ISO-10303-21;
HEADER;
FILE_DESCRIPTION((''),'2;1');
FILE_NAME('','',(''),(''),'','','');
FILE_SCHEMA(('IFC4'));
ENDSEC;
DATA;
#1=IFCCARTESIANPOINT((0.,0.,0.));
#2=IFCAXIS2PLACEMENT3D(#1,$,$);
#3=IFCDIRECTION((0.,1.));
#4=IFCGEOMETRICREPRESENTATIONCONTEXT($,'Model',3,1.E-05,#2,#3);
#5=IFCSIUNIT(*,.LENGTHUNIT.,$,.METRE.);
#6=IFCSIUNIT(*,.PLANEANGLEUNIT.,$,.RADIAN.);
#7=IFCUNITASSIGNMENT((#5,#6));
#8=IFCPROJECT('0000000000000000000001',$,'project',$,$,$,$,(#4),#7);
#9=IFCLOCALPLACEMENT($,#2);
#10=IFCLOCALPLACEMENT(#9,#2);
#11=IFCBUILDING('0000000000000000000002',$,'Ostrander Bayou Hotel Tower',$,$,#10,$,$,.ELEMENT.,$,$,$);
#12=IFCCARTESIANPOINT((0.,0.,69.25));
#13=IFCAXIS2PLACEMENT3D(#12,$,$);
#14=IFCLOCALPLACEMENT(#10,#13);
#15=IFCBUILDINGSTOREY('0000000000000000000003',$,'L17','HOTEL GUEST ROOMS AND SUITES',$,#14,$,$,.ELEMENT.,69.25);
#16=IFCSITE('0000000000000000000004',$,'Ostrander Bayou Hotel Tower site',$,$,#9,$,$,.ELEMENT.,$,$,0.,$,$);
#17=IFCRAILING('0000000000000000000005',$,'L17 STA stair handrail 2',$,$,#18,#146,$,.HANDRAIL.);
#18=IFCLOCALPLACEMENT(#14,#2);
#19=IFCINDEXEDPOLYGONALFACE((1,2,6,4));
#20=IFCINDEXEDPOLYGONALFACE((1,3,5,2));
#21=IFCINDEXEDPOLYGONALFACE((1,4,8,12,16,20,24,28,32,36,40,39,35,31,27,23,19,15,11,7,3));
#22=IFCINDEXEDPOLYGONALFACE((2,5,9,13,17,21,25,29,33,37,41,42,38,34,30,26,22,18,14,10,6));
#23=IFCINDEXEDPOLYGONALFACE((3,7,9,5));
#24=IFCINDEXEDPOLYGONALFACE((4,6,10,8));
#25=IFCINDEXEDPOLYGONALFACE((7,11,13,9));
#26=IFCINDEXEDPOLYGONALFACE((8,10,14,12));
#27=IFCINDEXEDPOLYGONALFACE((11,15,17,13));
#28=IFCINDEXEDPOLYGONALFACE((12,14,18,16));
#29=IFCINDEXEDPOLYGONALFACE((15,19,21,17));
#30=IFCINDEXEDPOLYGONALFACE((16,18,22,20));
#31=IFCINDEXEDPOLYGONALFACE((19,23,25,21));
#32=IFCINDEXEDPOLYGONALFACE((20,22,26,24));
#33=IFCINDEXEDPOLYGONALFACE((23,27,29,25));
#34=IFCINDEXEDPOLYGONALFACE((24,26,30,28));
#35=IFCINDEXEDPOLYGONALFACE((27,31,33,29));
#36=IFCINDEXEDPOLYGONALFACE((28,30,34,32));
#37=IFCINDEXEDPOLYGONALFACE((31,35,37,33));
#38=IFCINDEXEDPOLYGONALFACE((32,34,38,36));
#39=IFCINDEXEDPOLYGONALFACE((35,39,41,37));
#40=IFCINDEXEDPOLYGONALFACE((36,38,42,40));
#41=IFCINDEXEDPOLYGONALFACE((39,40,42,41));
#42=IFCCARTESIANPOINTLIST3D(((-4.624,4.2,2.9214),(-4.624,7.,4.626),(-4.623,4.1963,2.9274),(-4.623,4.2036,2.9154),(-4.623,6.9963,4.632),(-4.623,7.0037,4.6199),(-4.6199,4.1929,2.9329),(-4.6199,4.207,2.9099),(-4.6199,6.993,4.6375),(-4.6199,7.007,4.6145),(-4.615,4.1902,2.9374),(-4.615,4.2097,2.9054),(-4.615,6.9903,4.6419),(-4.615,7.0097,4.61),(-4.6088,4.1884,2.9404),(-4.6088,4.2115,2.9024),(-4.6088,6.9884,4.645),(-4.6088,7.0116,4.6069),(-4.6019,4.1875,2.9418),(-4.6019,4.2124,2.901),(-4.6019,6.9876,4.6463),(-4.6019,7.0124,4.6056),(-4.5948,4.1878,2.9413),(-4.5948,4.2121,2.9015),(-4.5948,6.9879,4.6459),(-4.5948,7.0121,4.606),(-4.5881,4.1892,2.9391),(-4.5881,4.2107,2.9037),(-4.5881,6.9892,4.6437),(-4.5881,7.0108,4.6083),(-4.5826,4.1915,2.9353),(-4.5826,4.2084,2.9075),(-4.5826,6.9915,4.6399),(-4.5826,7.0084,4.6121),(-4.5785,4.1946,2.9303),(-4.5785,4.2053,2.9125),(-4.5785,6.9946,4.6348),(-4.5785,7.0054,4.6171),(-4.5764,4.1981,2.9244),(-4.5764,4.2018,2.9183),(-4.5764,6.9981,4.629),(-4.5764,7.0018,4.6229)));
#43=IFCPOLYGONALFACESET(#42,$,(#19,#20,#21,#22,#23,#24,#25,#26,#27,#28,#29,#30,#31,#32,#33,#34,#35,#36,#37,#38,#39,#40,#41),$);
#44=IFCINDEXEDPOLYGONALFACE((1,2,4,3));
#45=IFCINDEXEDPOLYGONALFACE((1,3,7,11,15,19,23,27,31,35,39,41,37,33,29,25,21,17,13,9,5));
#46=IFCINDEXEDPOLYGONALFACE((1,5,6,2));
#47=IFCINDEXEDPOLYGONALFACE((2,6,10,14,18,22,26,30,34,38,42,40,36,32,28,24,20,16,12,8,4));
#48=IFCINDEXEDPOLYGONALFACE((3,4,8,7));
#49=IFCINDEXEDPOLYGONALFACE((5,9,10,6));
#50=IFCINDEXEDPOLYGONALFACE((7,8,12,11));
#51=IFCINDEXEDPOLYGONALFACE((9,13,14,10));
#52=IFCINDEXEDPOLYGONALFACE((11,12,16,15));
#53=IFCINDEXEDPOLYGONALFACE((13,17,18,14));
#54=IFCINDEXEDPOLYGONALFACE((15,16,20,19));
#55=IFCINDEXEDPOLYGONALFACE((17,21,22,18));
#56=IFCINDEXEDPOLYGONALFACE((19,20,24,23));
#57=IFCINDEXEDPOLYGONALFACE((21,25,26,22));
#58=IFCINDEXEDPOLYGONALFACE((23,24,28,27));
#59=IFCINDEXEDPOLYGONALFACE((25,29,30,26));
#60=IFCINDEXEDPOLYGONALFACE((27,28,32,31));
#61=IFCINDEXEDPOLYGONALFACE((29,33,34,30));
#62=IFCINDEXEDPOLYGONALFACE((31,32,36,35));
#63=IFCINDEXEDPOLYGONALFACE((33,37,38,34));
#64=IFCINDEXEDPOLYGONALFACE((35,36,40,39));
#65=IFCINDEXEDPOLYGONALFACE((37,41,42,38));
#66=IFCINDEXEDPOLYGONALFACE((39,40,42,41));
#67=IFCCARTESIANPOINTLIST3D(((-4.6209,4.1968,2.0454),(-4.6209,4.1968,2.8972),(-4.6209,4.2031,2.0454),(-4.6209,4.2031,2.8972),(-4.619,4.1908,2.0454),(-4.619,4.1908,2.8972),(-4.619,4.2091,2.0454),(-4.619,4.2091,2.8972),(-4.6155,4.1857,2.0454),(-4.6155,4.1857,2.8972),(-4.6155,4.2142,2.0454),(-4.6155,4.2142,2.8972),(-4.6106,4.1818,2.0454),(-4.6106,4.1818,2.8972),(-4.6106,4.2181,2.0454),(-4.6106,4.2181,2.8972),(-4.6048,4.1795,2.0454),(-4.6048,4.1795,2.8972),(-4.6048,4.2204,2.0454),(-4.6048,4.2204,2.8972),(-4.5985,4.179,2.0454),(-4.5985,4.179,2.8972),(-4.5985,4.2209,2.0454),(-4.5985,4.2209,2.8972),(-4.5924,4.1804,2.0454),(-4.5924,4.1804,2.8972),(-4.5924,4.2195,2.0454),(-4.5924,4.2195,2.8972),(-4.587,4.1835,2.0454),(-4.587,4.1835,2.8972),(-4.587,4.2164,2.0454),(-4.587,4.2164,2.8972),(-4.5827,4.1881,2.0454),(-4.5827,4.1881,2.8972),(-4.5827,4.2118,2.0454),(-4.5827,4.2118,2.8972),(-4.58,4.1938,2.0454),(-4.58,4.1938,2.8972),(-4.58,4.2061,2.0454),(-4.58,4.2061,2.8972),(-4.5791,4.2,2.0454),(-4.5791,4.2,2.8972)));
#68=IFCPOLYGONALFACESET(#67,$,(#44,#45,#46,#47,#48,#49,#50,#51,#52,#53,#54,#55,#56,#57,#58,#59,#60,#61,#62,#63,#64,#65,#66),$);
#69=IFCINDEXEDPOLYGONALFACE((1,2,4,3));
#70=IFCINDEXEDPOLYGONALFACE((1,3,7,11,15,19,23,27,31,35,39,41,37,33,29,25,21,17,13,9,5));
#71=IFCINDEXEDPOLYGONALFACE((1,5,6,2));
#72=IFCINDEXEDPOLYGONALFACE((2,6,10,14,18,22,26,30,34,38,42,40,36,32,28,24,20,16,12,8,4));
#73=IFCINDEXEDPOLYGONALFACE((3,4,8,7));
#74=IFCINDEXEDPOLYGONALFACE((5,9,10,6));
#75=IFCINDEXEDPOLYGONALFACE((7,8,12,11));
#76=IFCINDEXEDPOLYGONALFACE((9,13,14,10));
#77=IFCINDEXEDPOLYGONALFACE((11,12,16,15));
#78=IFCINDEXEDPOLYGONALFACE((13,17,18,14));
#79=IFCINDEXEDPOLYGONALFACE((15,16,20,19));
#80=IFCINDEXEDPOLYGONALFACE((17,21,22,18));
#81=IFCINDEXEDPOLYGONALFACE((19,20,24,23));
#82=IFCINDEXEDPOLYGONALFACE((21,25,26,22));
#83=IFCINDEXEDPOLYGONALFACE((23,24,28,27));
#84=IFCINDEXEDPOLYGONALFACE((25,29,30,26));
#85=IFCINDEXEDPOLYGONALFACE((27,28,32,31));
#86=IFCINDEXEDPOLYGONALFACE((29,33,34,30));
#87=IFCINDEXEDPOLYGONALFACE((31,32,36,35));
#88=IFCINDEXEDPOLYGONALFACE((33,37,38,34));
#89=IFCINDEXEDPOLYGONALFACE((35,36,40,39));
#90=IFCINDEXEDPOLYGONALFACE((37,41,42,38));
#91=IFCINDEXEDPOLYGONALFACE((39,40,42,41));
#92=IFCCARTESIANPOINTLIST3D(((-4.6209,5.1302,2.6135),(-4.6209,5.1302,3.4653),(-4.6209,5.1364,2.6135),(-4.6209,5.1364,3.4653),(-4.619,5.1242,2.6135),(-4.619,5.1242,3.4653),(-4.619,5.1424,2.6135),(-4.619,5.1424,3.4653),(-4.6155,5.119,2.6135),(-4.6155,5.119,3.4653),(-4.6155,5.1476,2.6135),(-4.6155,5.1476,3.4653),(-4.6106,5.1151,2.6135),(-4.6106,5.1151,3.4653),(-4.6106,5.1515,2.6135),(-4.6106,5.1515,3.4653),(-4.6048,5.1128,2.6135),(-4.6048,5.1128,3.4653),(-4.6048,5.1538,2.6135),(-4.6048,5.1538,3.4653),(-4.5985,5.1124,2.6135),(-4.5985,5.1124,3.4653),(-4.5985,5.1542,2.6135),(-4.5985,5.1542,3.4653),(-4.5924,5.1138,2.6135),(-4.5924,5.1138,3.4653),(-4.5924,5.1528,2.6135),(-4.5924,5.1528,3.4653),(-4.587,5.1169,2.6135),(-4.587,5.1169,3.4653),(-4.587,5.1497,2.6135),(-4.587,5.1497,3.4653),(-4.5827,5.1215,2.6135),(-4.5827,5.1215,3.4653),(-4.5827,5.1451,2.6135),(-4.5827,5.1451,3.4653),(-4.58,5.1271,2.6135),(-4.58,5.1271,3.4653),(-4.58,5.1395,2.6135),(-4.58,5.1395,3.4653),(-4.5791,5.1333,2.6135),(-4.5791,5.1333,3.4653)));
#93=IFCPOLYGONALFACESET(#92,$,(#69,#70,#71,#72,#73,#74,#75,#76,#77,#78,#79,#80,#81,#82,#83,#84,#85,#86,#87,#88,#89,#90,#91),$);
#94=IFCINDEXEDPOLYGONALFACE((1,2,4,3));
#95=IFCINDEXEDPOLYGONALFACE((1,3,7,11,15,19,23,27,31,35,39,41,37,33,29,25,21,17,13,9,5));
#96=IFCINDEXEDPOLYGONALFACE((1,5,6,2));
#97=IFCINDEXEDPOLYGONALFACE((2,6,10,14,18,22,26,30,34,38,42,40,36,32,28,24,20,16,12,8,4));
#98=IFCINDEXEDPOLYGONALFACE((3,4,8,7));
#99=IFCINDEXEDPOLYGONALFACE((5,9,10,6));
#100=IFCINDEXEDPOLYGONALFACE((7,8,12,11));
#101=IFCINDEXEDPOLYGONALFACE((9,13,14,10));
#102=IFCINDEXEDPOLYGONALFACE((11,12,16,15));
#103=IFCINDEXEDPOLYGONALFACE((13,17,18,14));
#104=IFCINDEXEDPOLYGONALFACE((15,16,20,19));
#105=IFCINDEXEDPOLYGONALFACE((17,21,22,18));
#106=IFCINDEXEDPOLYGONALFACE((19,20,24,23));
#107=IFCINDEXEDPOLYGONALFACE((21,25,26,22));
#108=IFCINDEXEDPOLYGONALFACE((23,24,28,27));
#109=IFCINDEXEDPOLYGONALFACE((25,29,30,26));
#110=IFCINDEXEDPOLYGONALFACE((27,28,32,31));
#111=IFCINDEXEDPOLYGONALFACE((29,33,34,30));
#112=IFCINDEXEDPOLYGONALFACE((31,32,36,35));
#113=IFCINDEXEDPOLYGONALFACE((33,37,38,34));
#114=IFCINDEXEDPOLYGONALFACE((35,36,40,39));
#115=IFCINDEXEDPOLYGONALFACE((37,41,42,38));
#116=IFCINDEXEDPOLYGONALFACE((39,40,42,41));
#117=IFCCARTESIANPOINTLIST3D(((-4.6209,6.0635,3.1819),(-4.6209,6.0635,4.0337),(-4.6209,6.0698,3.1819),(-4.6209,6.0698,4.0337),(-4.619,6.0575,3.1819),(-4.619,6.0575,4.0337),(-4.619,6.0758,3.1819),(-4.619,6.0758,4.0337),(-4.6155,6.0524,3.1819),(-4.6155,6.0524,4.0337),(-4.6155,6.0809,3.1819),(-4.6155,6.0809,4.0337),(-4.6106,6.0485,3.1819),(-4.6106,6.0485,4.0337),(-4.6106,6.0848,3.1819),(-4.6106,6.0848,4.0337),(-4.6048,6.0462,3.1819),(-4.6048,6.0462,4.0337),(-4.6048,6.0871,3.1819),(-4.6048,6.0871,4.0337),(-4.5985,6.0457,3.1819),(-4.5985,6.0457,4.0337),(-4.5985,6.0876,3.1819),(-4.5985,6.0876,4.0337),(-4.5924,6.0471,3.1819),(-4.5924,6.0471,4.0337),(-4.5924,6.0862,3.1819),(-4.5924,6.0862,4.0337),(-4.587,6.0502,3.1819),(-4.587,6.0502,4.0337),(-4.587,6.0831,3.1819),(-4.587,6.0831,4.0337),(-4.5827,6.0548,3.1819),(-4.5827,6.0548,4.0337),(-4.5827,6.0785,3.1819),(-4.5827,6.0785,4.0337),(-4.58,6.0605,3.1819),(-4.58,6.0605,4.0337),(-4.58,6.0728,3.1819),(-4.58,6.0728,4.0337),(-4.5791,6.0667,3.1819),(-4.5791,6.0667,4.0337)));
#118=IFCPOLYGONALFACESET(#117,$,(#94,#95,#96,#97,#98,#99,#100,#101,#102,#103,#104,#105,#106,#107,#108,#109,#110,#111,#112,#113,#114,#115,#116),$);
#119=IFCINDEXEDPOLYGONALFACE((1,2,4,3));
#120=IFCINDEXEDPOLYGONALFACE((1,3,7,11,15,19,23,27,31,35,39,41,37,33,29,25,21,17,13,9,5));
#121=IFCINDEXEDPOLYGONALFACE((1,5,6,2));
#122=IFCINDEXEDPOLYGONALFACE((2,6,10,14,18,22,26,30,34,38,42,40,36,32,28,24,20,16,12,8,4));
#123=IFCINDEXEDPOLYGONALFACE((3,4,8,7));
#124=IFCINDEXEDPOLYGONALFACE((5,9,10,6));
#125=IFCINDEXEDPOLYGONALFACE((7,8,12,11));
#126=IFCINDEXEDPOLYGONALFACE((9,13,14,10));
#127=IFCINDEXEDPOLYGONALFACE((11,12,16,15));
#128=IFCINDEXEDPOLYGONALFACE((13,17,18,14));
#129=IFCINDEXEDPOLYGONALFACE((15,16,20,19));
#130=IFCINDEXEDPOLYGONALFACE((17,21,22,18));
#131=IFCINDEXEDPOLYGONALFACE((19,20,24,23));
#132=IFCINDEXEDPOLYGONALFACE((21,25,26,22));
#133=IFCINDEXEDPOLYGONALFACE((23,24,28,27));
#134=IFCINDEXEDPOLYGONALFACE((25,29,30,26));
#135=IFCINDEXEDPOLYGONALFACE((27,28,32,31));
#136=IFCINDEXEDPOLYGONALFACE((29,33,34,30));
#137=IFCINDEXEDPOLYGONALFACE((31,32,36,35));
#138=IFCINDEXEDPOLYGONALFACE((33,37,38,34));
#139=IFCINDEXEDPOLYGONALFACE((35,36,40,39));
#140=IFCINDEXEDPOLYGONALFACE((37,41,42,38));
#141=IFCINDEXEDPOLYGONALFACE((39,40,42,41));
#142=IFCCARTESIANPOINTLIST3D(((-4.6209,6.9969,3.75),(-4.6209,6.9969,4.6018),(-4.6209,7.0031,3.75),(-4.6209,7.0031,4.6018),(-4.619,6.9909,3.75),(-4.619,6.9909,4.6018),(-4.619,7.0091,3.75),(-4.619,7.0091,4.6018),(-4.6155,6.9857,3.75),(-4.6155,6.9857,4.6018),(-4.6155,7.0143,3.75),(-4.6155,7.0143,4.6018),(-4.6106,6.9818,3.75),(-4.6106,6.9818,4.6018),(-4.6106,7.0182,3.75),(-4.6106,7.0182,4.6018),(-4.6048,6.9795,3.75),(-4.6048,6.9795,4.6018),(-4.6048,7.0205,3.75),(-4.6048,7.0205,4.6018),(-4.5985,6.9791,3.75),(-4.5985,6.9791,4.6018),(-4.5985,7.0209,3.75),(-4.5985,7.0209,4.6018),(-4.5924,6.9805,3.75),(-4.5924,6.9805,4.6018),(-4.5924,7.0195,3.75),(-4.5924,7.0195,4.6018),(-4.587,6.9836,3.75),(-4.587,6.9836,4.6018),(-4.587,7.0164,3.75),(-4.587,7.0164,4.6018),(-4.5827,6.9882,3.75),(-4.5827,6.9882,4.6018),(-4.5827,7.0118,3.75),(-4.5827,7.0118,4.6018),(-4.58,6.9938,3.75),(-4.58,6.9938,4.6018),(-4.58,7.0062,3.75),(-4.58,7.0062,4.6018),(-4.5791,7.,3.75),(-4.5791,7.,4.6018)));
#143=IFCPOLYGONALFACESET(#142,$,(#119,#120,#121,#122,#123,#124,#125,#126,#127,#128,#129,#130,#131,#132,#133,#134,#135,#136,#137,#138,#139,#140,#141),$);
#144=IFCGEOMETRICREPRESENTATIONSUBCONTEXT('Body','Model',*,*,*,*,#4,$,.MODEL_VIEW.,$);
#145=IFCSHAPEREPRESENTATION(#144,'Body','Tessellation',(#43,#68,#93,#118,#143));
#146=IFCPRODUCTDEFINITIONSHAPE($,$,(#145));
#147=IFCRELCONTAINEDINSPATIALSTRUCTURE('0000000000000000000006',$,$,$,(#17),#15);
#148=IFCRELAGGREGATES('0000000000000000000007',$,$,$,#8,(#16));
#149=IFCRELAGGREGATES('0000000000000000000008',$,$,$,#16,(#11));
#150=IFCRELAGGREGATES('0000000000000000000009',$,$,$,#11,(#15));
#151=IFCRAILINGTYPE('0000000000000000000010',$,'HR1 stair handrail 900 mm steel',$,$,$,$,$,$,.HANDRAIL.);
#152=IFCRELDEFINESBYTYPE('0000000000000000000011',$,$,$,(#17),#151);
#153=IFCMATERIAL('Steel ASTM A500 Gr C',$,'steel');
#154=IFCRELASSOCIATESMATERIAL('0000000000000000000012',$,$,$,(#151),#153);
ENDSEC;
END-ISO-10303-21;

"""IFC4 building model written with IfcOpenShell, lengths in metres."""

from ifc_helpers import new_model, si_unit, direction, frame, origin, origin_2d, place, context, subcontext, project, spatial, circle, extrude, material, type_object, element, save


model = new_model("IFC4")

# Units and contexts
model_context = context("Model", 3, precision=1e-05, world=origin(), true_north=direction((0.0, 1.0)))
body_context = subcontext(model_context, "Body", "Model", "MODEL_VIEW")
ifc_project = project(units=[si_unit("LENGTHUNIT", "METRE"), si_unit("PLANEANGLEUNIT", "RADIAN")], contexts=[model_context])

# Site, building, storey
site_placement = place(None, origin())
site = spatial("IfcSite", under=ifc_project, at=site_placement, Name="Ostrander Bayou Hotel Tower site", CompositionType="ELEMENT", RefElevation=0.0)
building_placement = place(site_placement, origin())
building = spatial("IfcBuilding", under=site, at=building_placement, Name="Ostrander Bayou Hotel Tower", CompositionType="ELEMENT")
storey_placement = place(building_placement, frame((0.0, 0.0, 69.25)))
storey = spatial("IfcBuildingStorey", under=building, at=storey_placement, Name="L17", Description="HOTEL GUEST ROOMS AND SUITES", CompositionType="ELEMENT", Elevation=69.25)

# Railing
ifc_material_1 = material(Name="Steel ASTM A500 Gr C", Category="steel")
railing_type_1 = type_object("IfcRailingType", Name="HR1 stair handrail 900 mm steel", PredefinedType="HANDRAIL", material=ifc_material_1)
railing_1_placement = place(storey_placement, frame((-4.6001, 4.2, 2.0454)))
element("IfcRailing", 1, at=railing_1_placement, inside=storey, type_object=railing_type_1, Name="L17 STA stair handrail 2", PredefinedType="HANDRAIL", context=body_context, shape_type="SweptSolid", body=[
    extrude(circle(Radius=0.0239, at=origin_2d()), frame((0.0, 0.0, 0.876), z_axis=(0.0, 0.85417, 0.519994), x_axis=(-1.0, 0.0, 0.0)), (0.0, 0.0, 1.0), 3.2781),
    extrude(circle(Radius=0.021, at=origin_2d()), origin(), (0.0, 0.0, 1.0), 0.8518),
    extrude(circle(Radius=0.021, at=origin_2d()), frame((0.0, 0.9333, 0.5681)), (0.0, 0.0, 1.0), 0.8518),
    extrude(circle(Radius=0.021, at=origin_2d()), frame((0.0, 1.8667, 1.1365)), (0.0, 0.0, 1.0), 0.8518),
    extrude(circle(Radius=0.021, at=origin_2d()), frame((0.0, 2.8, 1.7046)), (0.0, 0.0, 1.0), 0.8518),
])

save(model, "model.ifc")
